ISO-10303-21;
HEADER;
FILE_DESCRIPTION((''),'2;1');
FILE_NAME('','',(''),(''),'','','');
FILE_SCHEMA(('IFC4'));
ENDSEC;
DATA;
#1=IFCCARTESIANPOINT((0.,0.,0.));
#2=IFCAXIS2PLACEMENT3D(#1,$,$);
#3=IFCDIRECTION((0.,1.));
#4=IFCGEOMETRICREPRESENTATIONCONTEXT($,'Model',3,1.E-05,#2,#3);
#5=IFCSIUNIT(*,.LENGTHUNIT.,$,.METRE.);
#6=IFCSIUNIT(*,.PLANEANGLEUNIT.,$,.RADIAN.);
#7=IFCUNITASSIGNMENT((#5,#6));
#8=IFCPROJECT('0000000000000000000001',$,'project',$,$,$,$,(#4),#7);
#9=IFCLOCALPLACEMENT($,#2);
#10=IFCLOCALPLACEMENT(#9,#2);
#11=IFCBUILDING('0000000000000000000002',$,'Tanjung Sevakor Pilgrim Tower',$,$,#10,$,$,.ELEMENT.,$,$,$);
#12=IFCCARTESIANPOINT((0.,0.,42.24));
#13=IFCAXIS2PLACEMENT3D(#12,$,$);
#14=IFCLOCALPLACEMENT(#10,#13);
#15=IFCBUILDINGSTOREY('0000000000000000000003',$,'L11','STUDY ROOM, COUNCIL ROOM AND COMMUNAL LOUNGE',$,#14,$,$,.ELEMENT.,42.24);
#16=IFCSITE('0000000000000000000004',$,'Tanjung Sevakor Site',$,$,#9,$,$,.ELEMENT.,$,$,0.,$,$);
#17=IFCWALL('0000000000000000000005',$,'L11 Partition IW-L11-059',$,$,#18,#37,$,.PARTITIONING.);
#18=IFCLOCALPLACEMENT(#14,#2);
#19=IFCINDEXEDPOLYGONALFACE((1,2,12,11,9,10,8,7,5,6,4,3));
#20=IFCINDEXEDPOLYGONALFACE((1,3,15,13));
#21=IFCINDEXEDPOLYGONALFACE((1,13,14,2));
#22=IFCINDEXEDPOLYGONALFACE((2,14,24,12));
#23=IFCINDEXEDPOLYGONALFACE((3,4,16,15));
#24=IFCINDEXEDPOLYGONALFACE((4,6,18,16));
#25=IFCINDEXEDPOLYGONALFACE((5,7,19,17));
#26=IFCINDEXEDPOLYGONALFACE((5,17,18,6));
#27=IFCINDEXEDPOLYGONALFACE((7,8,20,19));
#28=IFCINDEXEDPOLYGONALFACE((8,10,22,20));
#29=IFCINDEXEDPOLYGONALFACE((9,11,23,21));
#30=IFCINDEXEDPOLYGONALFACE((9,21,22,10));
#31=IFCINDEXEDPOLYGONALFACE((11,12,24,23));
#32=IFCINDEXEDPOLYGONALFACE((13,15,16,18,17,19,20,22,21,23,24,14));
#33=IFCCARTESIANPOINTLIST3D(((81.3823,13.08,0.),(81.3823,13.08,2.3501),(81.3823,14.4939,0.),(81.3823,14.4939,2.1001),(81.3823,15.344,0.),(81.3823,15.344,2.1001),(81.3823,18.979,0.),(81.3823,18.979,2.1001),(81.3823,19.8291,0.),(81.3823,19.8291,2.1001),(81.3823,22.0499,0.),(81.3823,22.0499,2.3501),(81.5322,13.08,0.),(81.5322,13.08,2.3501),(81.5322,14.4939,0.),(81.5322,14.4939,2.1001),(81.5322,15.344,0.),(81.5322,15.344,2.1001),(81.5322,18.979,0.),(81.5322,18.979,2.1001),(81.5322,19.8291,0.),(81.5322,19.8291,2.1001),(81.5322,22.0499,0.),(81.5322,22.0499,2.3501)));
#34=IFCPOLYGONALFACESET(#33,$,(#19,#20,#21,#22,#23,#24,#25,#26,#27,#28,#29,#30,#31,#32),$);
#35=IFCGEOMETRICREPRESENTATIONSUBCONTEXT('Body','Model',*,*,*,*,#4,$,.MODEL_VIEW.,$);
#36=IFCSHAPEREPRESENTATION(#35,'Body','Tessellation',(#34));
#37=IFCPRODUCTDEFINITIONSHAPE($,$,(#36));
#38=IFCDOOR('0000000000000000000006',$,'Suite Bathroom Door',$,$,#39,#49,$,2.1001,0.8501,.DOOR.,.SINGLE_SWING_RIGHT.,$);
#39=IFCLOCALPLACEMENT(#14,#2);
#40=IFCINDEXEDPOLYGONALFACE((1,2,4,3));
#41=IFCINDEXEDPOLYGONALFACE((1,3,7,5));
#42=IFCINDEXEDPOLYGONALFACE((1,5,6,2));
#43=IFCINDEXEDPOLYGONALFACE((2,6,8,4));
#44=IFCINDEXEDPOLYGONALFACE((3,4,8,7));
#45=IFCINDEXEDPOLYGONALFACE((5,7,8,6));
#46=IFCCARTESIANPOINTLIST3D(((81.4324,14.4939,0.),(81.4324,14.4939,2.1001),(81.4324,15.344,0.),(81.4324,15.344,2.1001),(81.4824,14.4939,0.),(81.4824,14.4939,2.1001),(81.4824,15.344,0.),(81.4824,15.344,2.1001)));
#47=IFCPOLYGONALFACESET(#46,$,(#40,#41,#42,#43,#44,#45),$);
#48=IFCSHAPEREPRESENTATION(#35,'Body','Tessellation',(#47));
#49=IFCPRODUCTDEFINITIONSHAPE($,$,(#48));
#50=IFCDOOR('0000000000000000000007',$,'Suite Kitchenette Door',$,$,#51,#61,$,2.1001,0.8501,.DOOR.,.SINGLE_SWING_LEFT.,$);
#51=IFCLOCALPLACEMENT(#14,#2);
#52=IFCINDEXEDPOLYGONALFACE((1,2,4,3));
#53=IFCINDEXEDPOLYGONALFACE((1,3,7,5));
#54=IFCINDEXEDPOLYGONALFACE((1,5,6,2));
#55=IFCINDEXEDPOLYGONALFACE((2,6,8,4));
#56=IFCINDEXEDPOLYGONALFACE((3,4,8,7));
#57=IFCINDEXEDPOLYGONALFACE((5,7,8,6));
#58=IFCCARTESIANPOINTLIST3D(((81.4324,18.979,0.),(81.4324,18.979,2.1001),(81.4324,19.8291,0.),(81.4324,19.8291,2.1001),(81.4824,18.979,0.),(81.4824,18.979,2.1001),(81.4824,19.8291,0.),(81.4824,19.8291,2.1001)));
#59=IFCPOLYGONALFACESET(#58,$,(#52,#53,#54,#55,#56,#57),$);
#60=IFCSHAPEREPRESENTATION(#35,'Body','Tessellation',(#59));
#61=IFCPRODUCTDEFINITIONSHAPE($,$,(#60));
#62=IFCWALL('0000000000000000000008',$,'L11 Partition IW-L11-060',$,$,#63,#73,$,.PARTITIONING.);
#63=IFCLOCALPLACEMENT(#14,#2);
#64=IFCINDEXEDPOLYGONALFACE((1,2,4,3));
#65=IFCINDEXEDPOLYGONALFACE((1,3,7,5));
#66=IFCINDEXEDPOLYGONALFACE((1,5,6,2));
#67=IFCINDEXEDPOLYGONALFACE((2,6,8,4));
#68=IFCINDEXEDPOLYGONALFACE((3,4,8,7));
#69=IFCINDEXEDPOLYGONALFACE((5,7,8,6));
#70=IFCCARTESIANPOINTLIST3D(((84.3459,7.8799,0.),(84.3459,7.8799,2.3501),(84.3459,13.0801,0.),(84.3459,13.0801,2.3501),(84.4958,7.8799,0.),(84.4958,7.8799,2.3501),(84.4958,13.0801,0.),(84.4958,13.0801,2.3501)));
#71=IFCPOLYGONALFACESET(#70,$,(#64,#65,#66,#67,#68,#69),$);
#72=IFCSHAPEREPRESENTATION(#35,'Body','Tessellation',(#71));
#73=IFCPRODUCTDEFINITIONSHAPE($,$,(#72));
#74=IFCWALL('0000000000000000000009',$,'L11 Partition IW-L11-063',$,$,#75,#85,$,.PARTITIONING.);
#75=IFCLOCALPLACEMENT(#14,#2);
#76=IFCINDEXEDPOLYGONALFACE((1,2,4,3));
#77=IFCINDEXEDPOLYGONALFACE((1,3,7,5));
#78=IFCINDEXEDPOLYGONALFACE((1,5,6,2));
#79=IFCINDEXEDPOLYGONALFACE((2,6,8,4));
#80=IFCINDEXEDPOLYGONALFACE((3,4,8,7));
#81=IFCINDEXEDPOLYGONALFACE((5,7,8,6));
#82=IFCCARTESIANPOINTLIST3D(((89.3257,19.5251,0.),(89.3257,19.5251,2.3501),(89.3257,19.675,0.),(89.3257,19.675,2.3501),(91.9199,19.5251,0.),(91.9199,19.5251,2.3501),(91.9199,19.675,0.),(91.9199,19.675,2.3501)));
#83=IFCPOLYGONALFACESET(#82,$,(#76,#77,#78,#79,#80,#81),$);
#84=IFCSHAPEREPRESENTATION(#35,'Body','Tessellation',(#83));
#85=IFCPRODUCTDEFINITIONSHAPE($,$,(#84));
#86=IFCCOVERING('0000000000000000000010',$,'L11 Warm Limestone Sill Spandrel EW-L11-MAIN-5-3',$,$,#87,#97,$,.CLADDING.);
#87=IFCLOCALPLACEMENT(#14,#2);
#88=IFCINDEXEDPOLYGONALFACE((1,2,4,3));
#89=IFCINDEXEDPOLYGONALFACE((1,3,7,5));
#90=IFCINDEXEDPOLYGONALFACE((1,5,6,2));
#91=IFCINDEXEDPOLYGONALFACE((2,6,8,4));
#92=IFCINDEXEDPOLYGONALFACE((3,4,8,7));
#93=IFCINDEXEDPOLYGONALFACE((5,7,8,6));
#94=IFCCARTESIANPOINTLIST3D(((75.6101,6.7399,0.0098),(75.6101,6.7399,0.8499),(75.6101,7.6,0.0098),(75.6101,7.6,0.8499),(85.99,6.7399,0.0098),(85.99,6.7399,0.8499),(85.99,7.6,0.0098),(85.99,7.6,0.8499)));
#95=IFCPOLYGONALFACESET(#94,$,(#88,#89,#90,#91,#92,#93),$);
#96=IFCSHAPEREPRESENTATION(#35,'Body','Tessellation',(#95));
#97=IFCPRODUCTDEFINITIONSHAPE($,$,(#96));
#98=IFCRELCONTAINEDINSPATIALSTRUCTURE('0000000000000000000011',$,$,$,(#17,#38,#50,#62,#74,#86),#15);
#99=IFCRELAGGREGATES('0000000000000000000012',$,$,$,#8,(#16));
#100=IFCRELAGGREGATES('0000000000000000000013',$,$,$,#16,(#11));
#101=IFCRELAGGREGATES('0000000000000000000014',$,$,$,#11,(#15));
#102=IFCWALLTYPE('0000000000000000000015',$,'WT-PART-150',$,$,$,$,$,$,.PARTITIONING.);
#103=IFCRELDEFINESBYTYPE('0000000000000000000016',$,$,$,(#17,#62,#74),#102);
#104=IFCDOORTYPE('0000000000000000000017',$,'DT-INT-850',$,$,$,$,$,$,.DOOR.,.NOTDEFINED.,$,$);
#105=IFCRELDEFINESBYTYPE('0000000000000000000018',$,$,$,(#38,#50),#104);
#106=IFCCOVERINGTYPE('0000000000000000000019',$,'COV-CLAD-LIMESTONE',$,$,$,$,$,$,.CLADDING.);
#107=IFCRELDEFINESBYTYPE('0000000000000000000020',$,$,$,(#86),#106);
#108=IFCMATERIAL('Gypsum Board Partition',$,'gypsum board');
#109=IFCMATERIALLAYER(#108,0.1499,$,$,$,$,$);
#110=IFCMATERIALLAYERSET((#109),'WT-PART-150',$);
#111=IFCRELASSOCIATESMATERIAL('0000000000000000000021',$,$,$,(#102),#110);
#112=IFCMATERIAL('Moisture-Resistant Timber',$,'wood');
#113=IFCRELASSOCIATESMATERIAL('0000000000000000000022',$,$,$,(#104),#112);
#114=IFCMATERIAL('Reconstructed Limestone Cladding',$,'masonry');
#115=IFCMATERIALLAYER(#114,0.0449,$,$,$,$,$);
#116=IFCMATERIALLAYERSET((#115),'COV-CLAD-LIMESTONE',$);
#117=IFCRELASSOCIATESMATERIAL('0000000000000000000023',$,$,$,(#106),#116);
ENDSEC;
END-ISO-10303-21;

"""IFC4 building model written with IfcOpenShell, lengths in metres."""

from ifc_helpers import new_model, si_unit, direction, frame, frame_2d, origin, origin_2d, place, context, subcontext, project, spatial, rectangle, extrude, material, layer, layer_set, type_object, element, fill, save


model = new_model("IFC4")

# Units and contexts
model_context = context("Model", 3, precision=1e-05, world=origin(), true_north=direction((0.0, 1.0)))
body_context = subcontext(model_context, "Body", "Model", "MODEL_VIEW")
ifc_project = project(units=[si_unit("LENGTHUNIT", "METRE"), si_unit("PLANEANGLEUNIT", "RADIAN")], contexts=[model_context])

# Site, building, storey
site_placement = place(None, origin())
site = spatial("IfcSite", under=ifc_project, at=site_placement, Name="Tanjung Sevakor Site", CompositionType="ELEMENT", RefElevation=0.0)
building_placement = place(site_placement, origin())
building = spatial("IfcBuilding", under=site, at=building_placement, Name="Tanjung Sevakor Pilgrim Tower", CompositionType="ELEMENT")
storey_placement = place(building_placement, frame((0.0, 0.0, 42.24)))
storey = spatial("IfcBuildingStorey", under=building, at=storey_placement, Name="L11", Description="STUDY ROOM, COUNCIL ROOM AND COMMUNAL LOUNGE", CompositionType="ELEMENT", Elevation=42.24)

# Wall, openings, doors
ifc_material_1 = material(Name="Gypsum Board Partition", Category="gypsum board")
ifc_layer_1 = layer(ifc_material_1, 0.1499)
ifc_layer_set_1 = layer_set([ifc_layer_1], Name="WT-PART-150")
wall_type_1 = type_object("IfcWallType", Name="WT-PART-150", PredefinedType="PARTITIONING", material=ifc_layer_set_1)
wall_1_placement = place(storey_placement, frame((81.4573, 13.0801, 0.0), z_axis=(0.0, 0.0, 1.0), x_axis=(0.0, 1.0, 0.0)))
wall_1 = element("IfcWall", 1, at=wall_1_placement, inside=storey, type_object=wall_type_1, Name="L11 Partition IW-L11-059", PredefinedType="PARTITIONING", context=body_context, shape_type="SweptSolid", body=[
    extrude(rectangle(XDim=8.97, YDim=0.1499, at=frame_2d((4.4849, 0.0))), origin(), (0.0, 0.0, 1.0), 2.3501),
])
opening_1_placement = place(wall_1_placement, frame((1.4138, 0.0, 0.0)))
opening_1 = element("IfcOpeningElement", 2, at=opening_1_placement, cuts=wall_1, PredefinedType="OPENING", context=body_context, shape_type="SweptSolid", body=[
    extrude(rectangle(XDim=0.8501, YDim=2.1001, at=frame_2d((0.425, 1.05))), frame((0.0, 0.085, 0.0), z_axis=(0.0, -1.0, 0.0), x_axis=(1.0, 0.0, 0.0)), (0.0, 0.0, 1.0), 0.1699),
])
opening_2_placement = place(wall_1_placement, frame((5.8989, 0.0, 0.0)))
opening_2 = element("IfcOpeningElement", 3, at=opening_2_placement, cuts=wall_1, PredefinedType="OPENING", context=body_context, shape_type="SweptSolid", body=[
    extrude(rectangle(XDim=0.8501, YDim=2.1001, at=frame_2d((0.425, 1.05))), frame((0.0, 0.085, 0.0), z_axis=(0.0, -1.0, 0.0), x_axis=(1.0, 0.0, 0.0)), (0.0, 0.0, 1.0), 0.1699),
])
ifc_material_2 = material(Name="Moisture-Resistant Timber", Category="wood")
door_type = type_object("IfcDoorType", Name="DT-INT-850", OperationType="NOTDEFINED", PredefinedType="DOOR", material=ifc_material_2)
door_1_placement = place(opening_1_placement, origin())
door_1 = element("IfcDoor", 4, at=door_1_placement, inside=storey, type_object=door_type, Name="Suite Bathroom Door", OperationType="SINGLE_SWING_RIGHT", OverallHeight=2.1001, OverallWidth=0.8501, PredefinedType="DOOR", context=body_context, shape_type="SweptSolid", body=[
    extrude(rectangle(XDim=0.8501, YDim=2.1001, at=frame_2d((0.425, 1.05))), frame((0.0, 0.0249, 0.0), z_axis=(0.0, -1.0, 0.0), x_axis=(1.0, 0.0, 0.0)), (0.0, 0.0, 1.0), 0.05),
])
fill(opening_1, door_1)
door_2_placement = place(opening_2_placement, origin())
door_2 = element("IfcDoor", 5, at=door_2_placement, inside=storey, type_object=door_type, Name="Suite Kitchenette Door", OperationType="SINGLE_SWING_LEFT", OverallHeight=2.1001, OverallWidth=0.8501, PredefinedType="DOOR", context=body_context, shape_type="SweptSolid", body=[
    extrude(rectangle(XDim=0.8501, YDim=2.1001, at=frame_2d((0.425, 1.05))), frame((0.0, 0.0249, 0.0), z_axis=(0.0, -1.0, 0.0), x_axis=(1.0, 0.0, 0.0)), (0.0, 0.0, 1.0), 0.05),
])
fill(opening_2, door_2)

# Walls
wall_2_placement = place(storey_placement, frame((84.4209, 7.8799, 0.0), z_axis=(0.0, 0.0, 1.0), x_axis=(0.0, 1.0, 0.0)))
element("IfcWall", 6, at=wall_2_placement, inside=storey, type_object=wall_type_1, Name="L11 Partition IW-L11-060", PredefinedType="PARTITIONING", context=body_context, shape_type="SweptSolid", body=[
    extrude(rectangle(XDim=5.2002, YDim=0.1499, at=frame_2d((2.6001, 0.0))), origin(), (0.0, 0.0, 1.0), 2.3501),
])
wall_3_placement = place(storey_placement, frame((89.3257, 19.6001, 0.0), z_axis=(0.0, 0.0, 1.0), x_axis=(1.0, 0.0, 0.0)))
element("IfcWall", 7, at=wall_3_placement, inside=storey, type_object=wall_type_1, Name="L11 Partition IW-L11-063", PredefinedType="PARTITIONING", context=body_context, shape_type="SweptSolid", body=[
    extrude(rectangle(XDim=2.5942, YDim=0.1499, at=frame_2d((1.2971, 0.0))), origin(), (0.0, 0.0, 1.0), 2.3501),
])

# Covering
ifc_material_3 = material(Name="Reconstructed Limestone Cladding", Category="masonry")
ifc_layer_2 = layer(ifc_material_3, 0.0449)
ifc_layer_set_2 = layer_set([ifc_layer_2], Name="COV-CLAD-LIMESTONE")
covering_type = type_object("IfcCoveringType", Name="COV-CLAD-LIMESTONE", PredefinedType="CLADDING", material=ifc_layer_set_2)
covering_placement = place(storey_placement, frame((80.8, 7.1699, 0.0098), z_axis=(0.0, 0.0, 1.0), x_axis=(1.0, 0.0, 0.0)))
element("IfcCovering", 8, at=covering_placement, inside=storey, type_object=covering_type, Name="L11 Warm Limestone Sill Spandrel EW-L11-MAIN-5-3", PredefinedType="CLADDING", context=body_context, shape_type="SweptSolid", body=[
    extrude(rectangle(XDim=10.3799, YDim=0.8601, at=origin_2d()), origin(), (0.0, 0.0, 1.0), 0.8401),
])

save(model, "model.ifc")
